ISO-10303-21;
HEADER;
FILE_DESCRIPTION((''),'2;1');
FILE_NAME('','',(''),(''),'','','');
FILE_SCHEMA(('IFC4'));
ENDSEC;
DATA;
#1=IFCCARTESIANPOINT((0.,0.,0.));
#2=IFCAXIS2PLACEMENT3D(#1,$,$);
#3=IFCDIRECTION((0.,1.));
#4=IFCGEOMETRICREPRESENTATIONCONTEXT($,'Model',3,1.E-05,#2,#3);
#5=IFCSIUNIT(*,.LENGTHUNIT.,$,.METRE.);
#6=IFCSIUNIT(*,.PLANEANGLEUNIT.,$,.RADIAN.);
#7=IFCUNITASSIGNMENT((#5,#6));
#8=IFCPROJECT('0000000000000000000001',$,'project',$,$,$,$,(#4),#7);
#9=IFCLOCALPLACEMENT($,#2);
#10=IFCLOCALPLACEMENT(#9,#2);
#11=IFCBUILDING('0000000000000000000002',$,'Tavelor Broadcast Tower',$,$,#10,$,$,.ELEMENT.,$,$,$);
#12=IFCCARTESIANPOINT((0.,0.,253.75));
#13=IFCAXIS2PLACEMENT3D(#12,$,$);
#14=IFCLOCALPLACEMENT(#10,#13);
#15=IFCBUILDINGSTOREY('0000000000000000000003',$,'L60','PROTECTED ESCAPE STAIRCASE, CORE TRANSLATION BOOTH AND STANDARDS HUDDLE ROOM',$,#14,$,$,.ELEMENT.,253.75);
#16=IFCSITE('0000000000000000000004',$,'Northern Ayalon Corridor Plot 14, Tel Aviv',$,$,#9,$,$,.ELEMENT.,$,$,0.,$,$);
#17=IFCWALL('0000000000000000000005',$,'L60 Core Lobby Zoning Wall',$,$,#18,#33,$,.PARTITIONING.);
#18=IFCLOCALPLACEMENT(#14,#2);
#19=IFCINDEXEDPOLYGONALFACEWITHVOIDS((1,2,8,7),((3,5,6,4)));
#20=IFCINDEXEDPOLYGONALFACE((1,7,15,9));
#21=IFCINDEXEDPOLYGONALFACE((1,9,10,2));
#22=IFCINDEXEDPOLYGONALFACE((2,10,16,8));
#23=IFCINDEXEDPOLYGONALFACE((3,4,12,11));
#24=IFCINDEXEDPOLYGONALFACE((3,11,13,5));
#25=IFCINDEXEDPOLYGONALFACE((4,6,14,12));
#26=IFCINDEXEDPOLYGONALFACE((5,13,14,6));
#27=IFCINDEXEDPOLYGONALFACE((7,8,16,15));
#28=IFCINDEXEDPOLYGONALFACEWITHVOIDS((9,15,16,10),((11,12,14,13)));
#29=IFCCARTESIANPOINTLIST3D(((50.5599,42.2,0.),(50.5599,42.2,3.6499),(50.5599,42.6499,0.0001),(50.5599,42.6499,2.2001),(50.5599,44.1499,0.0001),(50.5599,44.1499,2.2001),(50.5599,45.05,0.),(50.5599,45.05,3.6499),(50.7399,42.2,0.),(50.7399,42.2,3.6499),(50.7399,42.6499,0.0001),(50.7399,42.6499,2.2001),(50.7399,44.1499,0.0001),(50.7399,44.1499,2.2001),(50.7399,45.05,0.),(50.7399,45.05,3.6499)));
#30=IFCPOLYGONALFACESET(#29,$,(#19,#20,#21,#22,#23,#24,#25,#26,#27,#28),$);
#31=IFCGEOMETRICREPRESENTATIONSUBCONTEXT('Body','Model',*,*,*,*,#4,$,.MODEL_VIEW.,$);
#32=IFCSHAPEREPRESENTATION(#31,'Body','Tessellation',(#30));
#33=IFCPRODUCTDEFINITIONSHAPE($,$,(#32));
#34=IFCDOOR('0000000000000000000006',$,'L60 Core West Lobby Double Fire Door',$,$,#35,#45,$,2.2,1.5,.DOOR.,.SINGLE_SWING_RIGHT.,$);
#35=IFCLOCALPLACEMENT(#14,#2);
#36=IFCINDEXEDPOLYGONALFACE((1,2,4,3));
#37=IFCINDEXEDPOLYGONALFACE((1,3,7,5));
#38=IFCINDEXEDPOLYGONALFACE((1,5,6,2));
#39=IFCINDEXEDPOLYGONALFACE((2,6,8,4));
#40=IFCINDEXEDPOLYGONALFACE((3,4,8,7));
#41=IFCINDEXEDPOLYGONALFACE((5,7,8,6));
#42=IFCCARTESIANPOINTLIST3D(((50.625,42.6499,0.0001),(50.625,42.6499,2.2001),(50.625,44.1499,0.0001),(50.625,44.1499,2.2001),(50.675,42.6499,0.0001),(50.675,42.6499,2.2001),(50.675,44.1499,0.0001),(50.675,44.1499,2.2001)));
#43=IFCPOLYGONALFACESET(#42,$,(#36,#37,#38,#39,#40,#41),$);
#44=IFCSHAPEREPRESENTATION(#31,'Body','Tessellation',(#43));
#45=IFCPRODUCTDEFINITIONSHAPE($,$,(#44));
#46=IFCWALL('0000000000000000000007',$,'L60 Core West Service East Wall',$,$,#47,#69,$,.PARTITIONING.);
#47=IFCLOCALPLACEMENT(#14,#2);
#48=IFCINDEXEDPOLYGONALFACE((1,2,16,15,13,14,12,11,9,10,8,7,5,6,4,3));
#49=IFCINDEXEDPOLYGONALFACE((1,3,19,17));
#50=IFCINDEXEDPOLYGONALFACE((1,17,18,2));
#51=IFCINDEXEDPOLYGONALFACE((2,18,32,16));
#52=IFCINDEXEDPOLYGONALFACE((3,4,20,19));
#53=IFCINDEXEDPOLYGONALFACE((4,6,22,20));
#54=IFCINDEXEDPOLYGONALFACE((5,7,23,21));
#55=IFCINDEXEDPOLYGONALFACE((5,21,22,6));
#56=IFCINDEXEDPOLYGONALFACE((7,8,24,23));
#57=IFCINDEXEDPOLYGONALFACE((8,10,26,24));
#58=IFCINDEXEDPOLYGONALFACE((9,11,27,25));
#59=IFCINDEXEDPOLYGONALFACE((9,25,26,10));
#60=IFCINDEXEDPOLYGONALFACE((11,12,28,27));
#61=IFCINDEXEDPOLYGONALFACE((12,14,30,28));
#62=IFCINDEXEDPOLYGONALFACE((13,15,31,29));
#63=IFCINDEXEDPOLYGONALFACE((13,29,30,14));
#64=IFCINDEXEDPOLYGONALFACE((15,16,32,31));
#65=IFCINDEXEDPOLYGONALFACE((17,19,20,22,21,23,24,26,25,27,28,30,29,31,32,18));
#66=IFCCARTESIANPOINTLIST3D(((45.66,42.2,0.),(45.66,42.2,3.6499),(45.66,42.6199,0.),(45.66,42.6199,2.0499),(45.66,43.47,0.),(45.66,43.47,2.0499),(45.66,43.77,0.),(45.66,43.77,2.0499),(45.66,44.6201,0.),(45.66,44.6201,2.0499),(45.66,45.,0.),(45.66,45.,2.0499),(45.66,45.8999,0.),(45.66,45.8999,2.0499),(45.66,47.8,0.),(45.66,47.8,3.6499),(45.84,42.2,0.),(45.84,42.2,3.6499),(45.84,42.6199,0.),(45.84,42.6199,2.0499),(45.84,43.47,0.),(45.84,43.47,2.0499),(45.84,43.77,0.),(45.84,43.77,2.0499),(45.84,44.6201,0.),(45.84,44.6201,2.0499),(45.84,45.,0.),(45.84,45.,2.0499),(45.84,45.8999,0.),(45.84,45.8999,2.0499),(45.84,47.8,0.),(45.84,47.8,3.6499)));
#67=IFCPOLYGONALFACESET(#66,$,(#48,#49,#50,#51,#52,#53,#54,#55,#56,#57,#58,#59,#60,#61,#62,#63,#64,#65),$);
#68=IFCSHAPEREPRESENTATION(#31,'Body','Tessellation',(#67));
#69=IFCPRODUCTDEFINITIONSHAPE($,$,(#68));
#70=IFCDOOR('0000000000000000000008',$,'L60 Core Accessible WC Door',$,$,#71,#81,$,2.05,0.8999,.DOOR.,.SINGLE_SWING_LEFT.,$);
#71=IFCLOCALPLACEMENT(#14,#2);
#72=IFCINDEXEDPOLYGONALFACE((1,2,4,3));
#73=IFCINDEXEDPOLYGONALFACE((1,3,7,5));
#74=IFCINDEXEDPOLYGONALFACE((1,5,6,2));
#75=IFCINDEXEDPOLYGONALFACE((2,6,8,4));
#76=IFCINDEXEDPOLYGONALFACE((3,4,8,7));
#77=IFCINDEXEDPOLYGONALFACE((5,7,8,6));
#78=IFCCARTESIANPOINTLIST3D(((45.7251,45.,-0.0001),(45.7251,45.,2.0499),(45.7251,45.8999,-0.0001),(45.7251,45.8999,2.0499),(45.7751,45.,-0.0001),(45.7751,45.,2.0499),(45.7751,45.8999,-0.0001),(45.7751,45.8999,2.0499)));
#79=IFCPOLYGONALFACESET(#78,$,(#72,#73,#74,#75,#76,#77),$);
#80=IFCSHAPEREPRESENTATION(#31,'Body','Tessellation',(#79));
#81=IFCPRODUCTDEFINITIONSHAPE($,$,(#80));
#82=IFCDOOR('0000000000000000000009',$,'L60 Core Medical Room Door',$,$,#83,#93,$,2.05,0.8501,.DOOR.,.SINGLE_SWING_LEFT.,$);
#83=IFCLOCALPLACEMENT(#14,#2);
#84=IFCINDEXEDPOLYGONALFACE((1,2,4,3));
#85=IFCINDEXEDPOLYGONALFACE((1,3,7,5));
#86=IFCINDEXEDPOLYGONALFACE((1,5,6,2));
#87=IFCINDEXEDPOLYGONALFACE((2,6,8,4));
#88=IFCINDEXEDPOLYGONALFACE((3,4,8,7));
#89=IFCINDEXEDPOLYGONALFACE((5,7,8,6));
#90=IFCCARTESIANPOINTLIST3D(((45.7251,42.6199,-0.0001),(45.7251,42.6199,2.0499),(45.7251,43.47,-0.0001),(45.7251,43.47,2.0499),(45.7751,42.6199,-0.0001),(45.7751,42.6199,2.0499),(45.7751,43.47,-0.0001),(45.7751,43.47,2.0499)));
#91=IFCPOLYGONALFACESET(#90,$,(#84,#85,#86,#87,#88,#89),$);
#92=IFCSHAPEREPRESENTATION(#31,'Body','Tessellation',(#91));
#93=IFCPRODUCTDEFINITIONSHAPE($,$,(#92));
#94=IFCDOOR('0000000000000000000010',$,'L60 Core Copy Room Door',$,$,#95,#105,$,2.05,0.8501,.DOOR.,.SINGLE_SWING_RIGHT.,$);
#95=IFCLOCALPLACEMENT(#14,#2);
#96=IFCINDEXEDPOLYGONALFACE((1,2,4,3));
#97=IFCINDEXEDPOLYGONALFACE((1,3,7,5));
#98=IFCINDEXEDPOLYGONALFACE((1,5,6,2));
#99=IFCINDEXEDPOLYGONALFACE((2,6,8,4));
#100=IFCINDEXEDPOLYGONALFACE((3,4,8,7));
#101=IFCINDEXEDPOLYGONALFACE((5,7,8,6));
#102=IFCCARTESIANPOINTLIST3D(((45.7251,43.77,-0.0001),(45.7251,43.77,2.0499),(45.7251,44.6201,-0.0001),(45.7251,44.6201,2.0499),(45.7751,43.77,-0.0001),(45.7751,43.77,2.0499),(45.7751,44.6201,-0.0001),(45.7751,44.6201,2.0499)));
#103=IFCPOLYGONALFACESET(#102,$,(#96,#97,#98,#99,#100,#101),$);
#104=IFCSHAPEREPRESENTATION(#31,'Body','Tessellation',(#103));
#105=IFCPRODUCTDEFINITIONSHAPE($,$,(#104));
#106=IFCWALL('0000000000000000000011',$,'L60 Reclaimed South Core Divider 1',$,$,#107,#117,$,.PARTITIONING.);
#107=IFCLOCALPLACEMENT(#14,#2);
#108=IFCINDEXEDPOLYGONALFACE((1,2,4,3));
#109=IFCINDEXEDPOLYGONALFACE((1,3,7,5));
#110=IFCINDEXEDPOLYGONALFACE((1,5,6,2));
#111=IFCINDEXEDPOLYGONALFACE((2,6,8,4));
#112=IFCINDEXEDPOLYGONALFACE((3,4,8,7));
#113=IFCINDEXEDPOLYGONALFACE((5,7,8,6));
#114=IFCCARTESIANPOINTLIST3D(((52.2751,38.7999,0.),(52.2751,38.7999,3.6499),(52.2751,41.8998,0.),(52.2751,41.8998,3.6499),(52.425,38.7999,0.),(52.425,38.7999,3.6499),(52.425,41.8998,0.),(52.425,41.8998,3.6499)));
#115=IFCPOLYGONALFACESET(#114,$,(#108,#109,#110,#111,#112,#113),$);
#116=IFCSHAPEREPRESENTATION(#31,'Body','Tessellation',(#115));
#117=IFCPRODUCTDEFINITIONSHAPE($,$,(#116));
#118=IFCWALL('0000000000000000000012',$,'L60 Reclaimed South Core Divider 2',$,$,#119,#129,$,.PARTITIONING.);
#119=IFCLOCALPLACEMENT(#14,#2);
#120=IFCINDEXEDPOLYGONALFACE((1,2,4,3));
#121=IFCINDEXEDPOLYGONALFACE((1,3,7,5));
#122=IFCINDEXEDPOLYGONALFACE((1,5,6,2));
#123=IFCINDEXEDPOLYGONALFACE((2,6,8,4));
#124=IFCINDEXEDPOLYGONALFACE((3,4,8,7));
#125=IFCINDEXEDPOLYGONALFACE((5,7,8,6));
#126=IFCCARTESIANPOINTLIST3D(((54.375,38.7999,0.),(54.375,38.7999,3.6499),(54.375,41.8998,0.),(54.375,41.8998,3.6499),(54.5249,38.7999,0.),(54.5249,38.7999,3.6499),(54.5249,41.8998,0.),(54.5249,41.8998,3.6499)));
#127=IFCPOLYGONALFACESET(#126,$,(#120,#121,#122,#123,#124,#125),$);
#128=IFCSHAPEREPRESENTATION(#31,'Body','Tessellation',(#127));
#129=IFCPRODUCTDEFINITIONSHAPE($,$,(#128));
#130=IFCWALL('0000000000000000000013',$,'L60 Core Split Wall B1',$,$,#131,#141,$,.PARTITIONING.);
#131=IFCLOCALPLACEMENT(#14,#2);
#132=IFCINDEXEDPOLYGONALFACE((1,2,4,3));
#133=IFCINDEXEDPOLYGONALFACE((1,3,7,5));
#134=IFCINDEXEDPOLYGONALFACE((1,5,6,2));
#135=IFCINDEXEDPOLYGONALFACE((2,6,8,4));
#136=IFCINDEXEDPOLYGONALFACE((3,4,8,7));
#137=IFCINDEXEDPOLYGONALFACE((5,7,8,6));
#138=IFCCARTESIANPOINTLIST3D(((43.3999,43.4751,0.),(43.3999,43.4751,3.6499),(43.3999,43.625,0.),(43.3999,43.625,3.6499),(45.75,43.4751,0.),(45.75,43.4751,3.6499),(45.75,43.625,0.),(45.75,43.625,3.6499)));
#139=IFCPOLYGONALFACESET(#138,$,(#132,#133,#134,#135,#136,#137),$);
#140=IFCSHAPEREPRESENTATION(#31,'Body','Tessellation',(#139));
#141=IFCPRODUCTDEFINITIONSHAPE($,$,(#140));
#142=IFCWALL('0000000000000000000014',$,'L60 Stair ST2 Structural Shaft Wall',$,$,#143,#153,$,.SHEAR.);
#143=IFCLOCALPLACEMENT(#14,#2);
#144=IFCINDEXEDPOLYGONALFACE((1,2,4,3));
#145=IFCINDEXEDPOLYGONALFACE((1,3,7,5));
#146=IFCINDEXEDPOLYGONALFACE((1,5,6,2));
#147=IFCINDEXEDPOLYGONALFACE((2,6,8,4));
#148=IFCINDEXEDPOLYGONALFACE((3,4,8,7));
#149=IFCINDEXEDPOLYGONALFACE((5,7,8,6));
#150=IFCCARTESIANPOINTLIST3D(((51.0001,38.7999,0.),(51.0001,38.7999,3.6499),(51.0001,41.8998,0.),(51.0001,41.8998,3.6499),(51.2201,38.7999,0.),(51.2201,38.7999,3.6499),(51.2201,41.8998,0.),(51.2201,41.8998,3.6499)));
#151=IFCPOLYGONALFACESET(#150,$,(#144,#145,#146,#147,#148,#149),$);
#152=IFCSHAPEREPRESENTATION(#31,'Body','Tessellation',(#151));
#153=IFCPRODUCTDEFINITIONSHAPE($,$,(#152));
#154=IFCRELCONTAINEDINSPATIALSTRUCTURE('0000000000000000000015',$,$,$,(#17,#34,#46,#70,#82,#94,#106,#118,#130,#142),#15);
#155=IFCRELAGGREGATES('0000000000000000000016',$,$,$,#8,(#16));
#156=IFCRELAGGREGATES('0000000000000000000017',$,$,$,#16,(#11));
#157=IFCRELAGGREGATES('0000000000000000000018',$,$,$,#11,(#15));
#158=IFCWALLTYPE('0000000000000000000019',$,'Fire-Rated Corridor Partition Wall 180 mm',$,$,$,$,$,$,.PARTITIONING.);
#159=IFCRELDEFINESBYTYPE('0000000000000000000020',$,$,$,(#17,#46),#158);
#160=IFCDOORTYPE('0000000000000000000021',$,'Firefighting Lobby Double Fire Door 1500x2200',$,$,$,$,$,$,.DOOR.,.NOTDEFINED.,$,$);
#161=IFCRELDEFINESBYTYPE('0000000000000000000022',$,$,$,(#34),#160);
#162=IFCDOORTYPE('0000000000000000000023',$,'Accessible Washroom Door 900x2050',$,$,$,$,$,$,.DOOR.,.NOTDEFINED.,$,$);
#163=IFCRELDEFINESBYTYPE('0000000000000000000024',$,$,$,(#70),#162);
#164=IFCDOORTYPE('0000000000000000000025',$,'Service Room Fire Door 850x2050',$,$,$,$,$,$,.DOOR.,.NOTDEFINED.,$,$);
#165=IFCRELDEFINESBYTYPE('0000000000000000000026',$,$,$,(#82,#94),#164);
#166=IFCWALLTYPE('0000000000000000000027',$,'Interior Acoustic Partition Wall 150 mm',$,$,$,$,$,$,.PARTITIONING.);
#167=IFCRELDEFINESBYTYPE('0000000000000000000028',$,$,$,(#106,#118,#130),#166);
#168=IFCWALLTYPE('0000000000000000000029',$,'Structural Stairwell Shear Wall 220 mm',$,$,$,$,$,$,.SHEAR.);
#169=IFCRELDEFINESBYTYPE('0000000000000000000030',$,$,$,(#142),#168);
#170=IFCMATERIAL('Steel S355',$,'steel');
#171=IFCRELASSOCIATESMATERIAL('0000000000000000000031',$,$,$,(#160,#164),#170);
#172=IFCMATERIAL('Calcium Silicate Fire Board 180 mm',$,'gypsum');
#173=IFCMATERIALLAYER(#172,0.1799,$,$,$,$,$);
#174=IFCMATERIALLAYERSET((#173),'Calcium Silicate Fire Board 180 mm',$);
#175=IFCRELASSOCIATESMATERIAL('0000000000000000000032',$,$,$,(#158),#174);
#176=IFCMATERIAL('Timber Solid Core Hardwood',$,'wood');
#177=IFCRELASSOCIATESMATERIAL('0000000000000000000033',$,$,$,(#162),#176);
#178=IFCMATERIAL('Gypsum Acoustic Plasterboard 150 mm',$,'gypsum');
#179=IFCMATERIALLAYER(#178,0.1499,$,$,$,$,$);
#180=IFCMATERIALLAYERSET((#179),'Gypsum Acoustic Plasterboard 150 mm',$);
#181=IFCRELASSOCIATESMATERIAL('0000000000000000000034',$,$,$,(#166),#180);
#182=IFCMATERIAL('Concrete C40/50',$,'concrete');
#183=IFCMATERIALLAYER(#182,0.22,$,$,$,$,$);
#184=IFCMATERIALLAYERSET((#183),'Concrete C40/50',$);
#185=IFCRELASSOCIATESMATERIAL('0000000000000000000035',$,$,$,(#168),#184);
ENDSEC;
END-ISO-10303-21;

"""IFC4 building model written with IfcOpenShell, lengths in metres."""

from ifc_helpers import new_model, si_unit, direction, frame, frame_2d, origin, place, context, subcontext, project, spatial, rectangle, extrude, material, layer, layer_set, type_object, element, fill, save


model = new_model("IFC4")

# Units and contexts
model_context = context("Model", 3, precision=1e-05, world=origin(), true_north=direction((0.0, 1.0)))
body_context = subcontext(model_context, "Body", "Model", "MODEL_VIEW")
ifc_project = project(units=[si_unit("LENGTHUNIT", "METRE"), si_unit("PLANEANGLEUNIT", "RADIAN")], contexts=[model_context])

# Site, building, storey
site_placement = place(None, origin())
site = spatial("IfcSite", under=ifc_project, at=site_placement, Name="Northern Ayalon Corridor Plot 14, Tel Aviv", CompositionType="ELEMENT", RefElevation=0.0)
building_placement = place(site_placement, origin())
building = spatial("IfcBuilding", under=site, at=building_placement, Name="Tavelor Broadcast Tower", CompositionType="ELEMENT")
storey_placement = place(building_placement, frame((0.0, 0.0, 253.75)))
storey = spatial("IfcBuildingStorey", under=building, at=storey_placement, Name="L60", Description="PROTECTED ESCAPE STAIRCASE, CORE TRANSLATION BOOTH AND STANDARDS HUDDLE ROOM", CompositionType="ELEMENT", Elevation=253.75)

# Shared definitions
ifc_material_1 = material(Name="Concrete C40/50", Category="concrete")
ifc_material_2 = material(Name="Steel S355", Category="steel")

# Wall, opening, door
door_type_1 = type_object("IfcDoorType", Name="Firefighting Lobby Double Fire Door 1500x2200", OperationType="NOTDEFINED", PredefinedType="DOOR", material=ifc_material_2)
ifc_material_3 = material(Name="Calcium Silicate Fire Board 180 mm", Category="gypsum")
ifc_layer_1 = layer(ifc_material_3, 0.1799)
ifc_layer_set_1 = layer_set([ifc_layer_1], Name="Calcium Silicate Fire Board 180 mm")
wall_type_1 = type_object("IfcWallType", Name="Fire-Rated Corridor Partition Wall 180 mm", PredefinedType="PARTITIONING", material=ifc_layer_set_1)
wall_1_placement = place(storey_placement, frame((50.6499, 42.2, 0.0), z_axis=(0.0, 0.0, 1.0), x_axis=(0.0, 1.0, 0.0)))
wall_1 = element("IfcWall", 1, at=wall_1_placement, inside=storey, type_object=wall_type_1, Name="L60 Core Lobby Zoning Wall", PredefinedType="PARTITIONING", context=body_context, shape_type="SweptSolid", body=[
    extrude(rectangle(XDim=2.8501, YDim=0.1799, at=frame_2d((1.425, 0.0))), origin(), (0.0, 0.0, 1.0), 3.6499),
])
opening_1_placement = place(wall_1_placement, frame((0.45, 0.0, 0.0)))
opening_1 = element("IfcOpeningElement", 2, at=opening_1_placement, cuts=wall_1, PredefinedType="OPENING", context=body_context, shape_type="SweptSolid", body=[
    extrude(rectangle(XDim=1.5, YDim=2.2, at=frame_2d((0.75, 1.1001))), frame((0.0, 0.1001, 0.0), z_axis=(0.0, -1.0, 0.0), x_axis=(1.0, 0.0, 0.0)), (0.0, 0.0, 1.0), 0.2),
])
door_1_placement = place(opening_1_placement, origin())
door_1 = element("IfcDoor", 3, at=door_1_placement, inside=storey, type_object=door_type_1, Name="L60 Core West Lobby Double Fire Door", OperationType="SINGLE_SWING_RIGHT", OverallHeight=2.2, OverallWidth=1.5, PredefinedType="DOOR", context=body_context, shape_type="SweptSolid", body=[
    extrude(rectangle(XDim=1.5, YDim=2.2, at=frame_2d((0.75, 1.1001))), frame((0.0, 0.0249, 0.0), z_axis=(0.0, -1.0, 0.0), x_axis=(1.0, 0.0, 0.0)), (0.0, 0.0, 1.0), 0.05),
])
fill(opening_1, door_1)

# Wall, openings, doors
wall_2_placement = place(storey_placement, frame((45.75, 42.2, 0.0), z_axis=(0.0, 0.0, 1.0), x_axis=(0.0, 1.0, 0.0)))
wall_2 = element("IfcWall", 4, at=wall_2_placement, inside=storey, type_object=wall_type_1, Name="L60 Core West Service East Wall", PredefinedType="PARTITIONING", context=body_context, shape_type="SweptSolid", body=[
    extrude(rectangle(XDim=5.6001, YDim=0.1799, at=frame_2d((2.8, 0.0))), origin(), (0.0, 0.0, 1.0), 3.6499),
])
opening_2_placement = place(wall_2_placement, frame((0.4199, 0.0, 0.0)))
opening_2 = element("IfcOpeningElement", 5, at=opening_2_placement, cuts=wall_2, PredefinedType="OPENING", context=body_context, shape_type="SweptSolid", body=[
    extrude(rectangle(XDim=0.8501, YDim=2.05, at=frame_2d((0.425, 1.0249))), frame((0.0, 0.1001, 0.0), z_axis=(0.0, -1.0, 0.0), x_axis=(1.0, 0.0, 0.0)), (0.0, 0.0, 1.0), 0.2),
])
opening_3_placement = place(wall_2_placement, frame((1.5701, 0.0, 0.0)))
opening_3 = element("IfcOpeningElement", 6, at=opening_3_placement, cuts=wall_2, PredefinedType="OPENING", context=body_context, shape_type="SweptSolid", body=[
    extrude(rectangle(XDim=0.8501, YDim=2.05, at=frame_2d((0.425, 1.0249))), frame((0.0, 0.1001, 0.0), z_axis=(0.0, -1.0, 0.0), x_axis=(1.0, 0.0, 0.0)), (0.0, 0.0, 1.0), 0.2),
])
opening_4_placement = place(wall_2_placement, frame((2.8, 0.0, 0.0)))
opening_4 = element("IfcOpeningElement", 7, at=opening_4_placement, cuts=wall_2, PredefinedType="OPENING", context=body_context, shape_type="SweptSolid", body=[
    extrude(rectangle(XDim=0.8999, YDim=2.05, at=frame_2d((0.45, 1.0249))), frame((0.0, 0.1001, 0.0), z_axis=(0.0, -1.0, 0.0), x_axis=(1.0, 0.0, 0.0)), (0.0, 0.0, 1.0), 0.2),
])
ifc_material_4 = material(Name="Timber Solid Core Hardwood", Category="wood")
door_type_2 = type_object("IfcDoorType", Name="Accessible Washroom Door 900x2050", OperationType="NOTDEFINED", PredefinedType="DOOR", material=ifc_material_4)
door_2_placement = place(opening_4_placement, origin())
door_2 = element("IfcDoor", 8, at=door_2_placement, inside=storey, type_object=door_type_2, Name="L60 Core Accessible WC Door", OperationType="SINGLE_SWING_LEFT", OverallHeight=2.05, OverallWidth=0.8999, PredefinedType="DOOR", context=body_context, shape_type="SweptSolid", body=[
    extrude(rectangle(XDim=0.8999, YDim=2.05, at=frame_2d((0.45, 1.0249))), frame((0.0, 0.0249, 0.0), z_axis=(0.0, -1.0, 0.0), x_axis=(1.0, 0.0, 0.0)), (0.0, 0.0, 1.0), 0.05),
])
fill(opening_4, door_2)
door_type_3 = type_object("IfcDoorType", Name="Service Room Fire Door 850x2050", OperationType="NOTDEFINED", PredefinedType="DOOR", material=ifc_material_2)
door_3_placement = place(opening_2_placement, origin())
door_3 = element("IfcDoor", 9, at=door_3_placement, inside=storey, type_object=door_type_3, Name="L60 Core Medical Room Door", OperationType="SINGLE_SWING_LEFT", OverallHeight=2.05, OverallWidth=0.8501, PredefinedType="DOOR", context=body_context, shape_type="SweptSolid", body=[
    extrude(rectangle(XDim=0.8501, YDim=2.05, at=frame_2d((0.425, 1.0249))), frame((0.0, 0.0249, 0.0), z_axis=(0.0, -1.0, 0.0), x_axis=(1.0, 0.0, 0.0)), (0.0, 0.0, 1.0), 0.05),
])
fill(opening_2, door_3)
door_4_placement = place(opening_3_placement, origin())
door_4 = element("IfcDoor", 10, at=door_4_placement, inside=storey, type_object=door_type_3, Name="L60 Core Copy Room Door", OperationType="SINGLE_SWING_RIGHT", OverallHeight=2.05, OverallWidth=0.8501, PredefinedType="DOOR", context=body_context, shape_type="SweptSolid", body=[
    extrude(rectangle(XDim=0.8501, YDim=2.05, at=frame_2d((0.425, 1.0249))), frame((0.0, 0.0249, 0.0), z_axis=(0.0, -1.0, 0.0), x_axis=(1.0, 0.0, 0.0)), (0.0, 0.0, 1.0), 0.05),
])
fill(opening_3, door_4)

# Walls
ifc_material_5 = material(Name="Gypsum Acoustic Plasterboard 150 mm", Category="gypsum")
ifc_layer_2 = layer(ifc_material_5, 0.1499)
ifc_layer_set_2 = layer_set([ifc_layer_2], Name="Gypsum Acoustic Plasterboard 150 mm")
wall_type_2 = type_object("IfcWallType", Name="Interior Acoustic Partition Wall 150 mm", PredefinedType="PARTITIONING", material=ifc_layer_set_2)
for number, where, z_axis, x_axis, name in (
    (11, (52.3501, 38.8, 0.0), (0.0, 0.0, 1.0), (0.0, 1.0, 0.0), "L60 Reclaimed South Core Divider 1"),
    (12, (54.45, 38.8, 0.0), (0.0, 0.0, 1.0), (0.0, 1.0, 0.0), "L60 Reclaimed South Core Divider 2"),
):
    element("IfcWall", number, at=place(storey_placement, frame(where, z_axis=z_axis, x_axis=x_axis)), inside=storey, type_object=wall_type_2, Name=name, PredefinedType="PARTITIONING", context=body_context, shape_type="SweptSolid", body=[
        extrude(rectangle(XDim=3.0999, YDim=0.1499, at=frame_2d((1.5498, 0.0))), origin(), (0.0, 0.0, 1.0), 3.6499),
    ])
wall_3_placement = place(storey_placement, frame((43.3999, 43.55, 0.0), z_axis=(0.0, 0.0, 1.0), x_axis=(1.0, 0.0, 0.0)))
element("IfcWall", 13, at=wall_3_placement, inside=storey, type_object=wall_type_2, Name="L60 Core Split Wall B1", PredefinedType="PARTITIONING", context=body_context, shape_type="SweptSolid", body=[
    extrude(rectangle(XDim=2.3501, YDim=0.1499, at=frame_2d((1.175, 0.0))), origin(), (0.0, 0.0, 1.0), 3.6499),
])
ifc_layer_3 = layer(ifc_material_1, 0.22)
ifc_layer_set_3 = layer_set([ifc_layer_3], Name="Concrete C40/50")
wall_type_3 = type_object("IfcWallType", Name="Structural Stairwell Shear Wall 220 mm", PredefinedType="SHEAR", material=ifc_layer_set_3)
wall_4_placement = place(storey_placement, frame((51.1101, 38.8, 0.0), z_axis=(0.0, 0.0, 1.0), x_axis=(0.0, 1.0, 0.0)))
element("IfcWall", 14, at=wall_4_placement, inside=storey, type_object=wall_type_3, Name="L60 Stair ST2 Structural Shaft Wall", PredefinedType="SHEAR", context=body_context, shape_type="SweptSolid", body=[
    extrude(rectangle(XDim=3.0999, YDim=0.22, at=frame_2d((1.5498, 0.0))), origin(), (0.0, 0.0, 1.0), 3.6499),
])

save(model, "model.ifc")
